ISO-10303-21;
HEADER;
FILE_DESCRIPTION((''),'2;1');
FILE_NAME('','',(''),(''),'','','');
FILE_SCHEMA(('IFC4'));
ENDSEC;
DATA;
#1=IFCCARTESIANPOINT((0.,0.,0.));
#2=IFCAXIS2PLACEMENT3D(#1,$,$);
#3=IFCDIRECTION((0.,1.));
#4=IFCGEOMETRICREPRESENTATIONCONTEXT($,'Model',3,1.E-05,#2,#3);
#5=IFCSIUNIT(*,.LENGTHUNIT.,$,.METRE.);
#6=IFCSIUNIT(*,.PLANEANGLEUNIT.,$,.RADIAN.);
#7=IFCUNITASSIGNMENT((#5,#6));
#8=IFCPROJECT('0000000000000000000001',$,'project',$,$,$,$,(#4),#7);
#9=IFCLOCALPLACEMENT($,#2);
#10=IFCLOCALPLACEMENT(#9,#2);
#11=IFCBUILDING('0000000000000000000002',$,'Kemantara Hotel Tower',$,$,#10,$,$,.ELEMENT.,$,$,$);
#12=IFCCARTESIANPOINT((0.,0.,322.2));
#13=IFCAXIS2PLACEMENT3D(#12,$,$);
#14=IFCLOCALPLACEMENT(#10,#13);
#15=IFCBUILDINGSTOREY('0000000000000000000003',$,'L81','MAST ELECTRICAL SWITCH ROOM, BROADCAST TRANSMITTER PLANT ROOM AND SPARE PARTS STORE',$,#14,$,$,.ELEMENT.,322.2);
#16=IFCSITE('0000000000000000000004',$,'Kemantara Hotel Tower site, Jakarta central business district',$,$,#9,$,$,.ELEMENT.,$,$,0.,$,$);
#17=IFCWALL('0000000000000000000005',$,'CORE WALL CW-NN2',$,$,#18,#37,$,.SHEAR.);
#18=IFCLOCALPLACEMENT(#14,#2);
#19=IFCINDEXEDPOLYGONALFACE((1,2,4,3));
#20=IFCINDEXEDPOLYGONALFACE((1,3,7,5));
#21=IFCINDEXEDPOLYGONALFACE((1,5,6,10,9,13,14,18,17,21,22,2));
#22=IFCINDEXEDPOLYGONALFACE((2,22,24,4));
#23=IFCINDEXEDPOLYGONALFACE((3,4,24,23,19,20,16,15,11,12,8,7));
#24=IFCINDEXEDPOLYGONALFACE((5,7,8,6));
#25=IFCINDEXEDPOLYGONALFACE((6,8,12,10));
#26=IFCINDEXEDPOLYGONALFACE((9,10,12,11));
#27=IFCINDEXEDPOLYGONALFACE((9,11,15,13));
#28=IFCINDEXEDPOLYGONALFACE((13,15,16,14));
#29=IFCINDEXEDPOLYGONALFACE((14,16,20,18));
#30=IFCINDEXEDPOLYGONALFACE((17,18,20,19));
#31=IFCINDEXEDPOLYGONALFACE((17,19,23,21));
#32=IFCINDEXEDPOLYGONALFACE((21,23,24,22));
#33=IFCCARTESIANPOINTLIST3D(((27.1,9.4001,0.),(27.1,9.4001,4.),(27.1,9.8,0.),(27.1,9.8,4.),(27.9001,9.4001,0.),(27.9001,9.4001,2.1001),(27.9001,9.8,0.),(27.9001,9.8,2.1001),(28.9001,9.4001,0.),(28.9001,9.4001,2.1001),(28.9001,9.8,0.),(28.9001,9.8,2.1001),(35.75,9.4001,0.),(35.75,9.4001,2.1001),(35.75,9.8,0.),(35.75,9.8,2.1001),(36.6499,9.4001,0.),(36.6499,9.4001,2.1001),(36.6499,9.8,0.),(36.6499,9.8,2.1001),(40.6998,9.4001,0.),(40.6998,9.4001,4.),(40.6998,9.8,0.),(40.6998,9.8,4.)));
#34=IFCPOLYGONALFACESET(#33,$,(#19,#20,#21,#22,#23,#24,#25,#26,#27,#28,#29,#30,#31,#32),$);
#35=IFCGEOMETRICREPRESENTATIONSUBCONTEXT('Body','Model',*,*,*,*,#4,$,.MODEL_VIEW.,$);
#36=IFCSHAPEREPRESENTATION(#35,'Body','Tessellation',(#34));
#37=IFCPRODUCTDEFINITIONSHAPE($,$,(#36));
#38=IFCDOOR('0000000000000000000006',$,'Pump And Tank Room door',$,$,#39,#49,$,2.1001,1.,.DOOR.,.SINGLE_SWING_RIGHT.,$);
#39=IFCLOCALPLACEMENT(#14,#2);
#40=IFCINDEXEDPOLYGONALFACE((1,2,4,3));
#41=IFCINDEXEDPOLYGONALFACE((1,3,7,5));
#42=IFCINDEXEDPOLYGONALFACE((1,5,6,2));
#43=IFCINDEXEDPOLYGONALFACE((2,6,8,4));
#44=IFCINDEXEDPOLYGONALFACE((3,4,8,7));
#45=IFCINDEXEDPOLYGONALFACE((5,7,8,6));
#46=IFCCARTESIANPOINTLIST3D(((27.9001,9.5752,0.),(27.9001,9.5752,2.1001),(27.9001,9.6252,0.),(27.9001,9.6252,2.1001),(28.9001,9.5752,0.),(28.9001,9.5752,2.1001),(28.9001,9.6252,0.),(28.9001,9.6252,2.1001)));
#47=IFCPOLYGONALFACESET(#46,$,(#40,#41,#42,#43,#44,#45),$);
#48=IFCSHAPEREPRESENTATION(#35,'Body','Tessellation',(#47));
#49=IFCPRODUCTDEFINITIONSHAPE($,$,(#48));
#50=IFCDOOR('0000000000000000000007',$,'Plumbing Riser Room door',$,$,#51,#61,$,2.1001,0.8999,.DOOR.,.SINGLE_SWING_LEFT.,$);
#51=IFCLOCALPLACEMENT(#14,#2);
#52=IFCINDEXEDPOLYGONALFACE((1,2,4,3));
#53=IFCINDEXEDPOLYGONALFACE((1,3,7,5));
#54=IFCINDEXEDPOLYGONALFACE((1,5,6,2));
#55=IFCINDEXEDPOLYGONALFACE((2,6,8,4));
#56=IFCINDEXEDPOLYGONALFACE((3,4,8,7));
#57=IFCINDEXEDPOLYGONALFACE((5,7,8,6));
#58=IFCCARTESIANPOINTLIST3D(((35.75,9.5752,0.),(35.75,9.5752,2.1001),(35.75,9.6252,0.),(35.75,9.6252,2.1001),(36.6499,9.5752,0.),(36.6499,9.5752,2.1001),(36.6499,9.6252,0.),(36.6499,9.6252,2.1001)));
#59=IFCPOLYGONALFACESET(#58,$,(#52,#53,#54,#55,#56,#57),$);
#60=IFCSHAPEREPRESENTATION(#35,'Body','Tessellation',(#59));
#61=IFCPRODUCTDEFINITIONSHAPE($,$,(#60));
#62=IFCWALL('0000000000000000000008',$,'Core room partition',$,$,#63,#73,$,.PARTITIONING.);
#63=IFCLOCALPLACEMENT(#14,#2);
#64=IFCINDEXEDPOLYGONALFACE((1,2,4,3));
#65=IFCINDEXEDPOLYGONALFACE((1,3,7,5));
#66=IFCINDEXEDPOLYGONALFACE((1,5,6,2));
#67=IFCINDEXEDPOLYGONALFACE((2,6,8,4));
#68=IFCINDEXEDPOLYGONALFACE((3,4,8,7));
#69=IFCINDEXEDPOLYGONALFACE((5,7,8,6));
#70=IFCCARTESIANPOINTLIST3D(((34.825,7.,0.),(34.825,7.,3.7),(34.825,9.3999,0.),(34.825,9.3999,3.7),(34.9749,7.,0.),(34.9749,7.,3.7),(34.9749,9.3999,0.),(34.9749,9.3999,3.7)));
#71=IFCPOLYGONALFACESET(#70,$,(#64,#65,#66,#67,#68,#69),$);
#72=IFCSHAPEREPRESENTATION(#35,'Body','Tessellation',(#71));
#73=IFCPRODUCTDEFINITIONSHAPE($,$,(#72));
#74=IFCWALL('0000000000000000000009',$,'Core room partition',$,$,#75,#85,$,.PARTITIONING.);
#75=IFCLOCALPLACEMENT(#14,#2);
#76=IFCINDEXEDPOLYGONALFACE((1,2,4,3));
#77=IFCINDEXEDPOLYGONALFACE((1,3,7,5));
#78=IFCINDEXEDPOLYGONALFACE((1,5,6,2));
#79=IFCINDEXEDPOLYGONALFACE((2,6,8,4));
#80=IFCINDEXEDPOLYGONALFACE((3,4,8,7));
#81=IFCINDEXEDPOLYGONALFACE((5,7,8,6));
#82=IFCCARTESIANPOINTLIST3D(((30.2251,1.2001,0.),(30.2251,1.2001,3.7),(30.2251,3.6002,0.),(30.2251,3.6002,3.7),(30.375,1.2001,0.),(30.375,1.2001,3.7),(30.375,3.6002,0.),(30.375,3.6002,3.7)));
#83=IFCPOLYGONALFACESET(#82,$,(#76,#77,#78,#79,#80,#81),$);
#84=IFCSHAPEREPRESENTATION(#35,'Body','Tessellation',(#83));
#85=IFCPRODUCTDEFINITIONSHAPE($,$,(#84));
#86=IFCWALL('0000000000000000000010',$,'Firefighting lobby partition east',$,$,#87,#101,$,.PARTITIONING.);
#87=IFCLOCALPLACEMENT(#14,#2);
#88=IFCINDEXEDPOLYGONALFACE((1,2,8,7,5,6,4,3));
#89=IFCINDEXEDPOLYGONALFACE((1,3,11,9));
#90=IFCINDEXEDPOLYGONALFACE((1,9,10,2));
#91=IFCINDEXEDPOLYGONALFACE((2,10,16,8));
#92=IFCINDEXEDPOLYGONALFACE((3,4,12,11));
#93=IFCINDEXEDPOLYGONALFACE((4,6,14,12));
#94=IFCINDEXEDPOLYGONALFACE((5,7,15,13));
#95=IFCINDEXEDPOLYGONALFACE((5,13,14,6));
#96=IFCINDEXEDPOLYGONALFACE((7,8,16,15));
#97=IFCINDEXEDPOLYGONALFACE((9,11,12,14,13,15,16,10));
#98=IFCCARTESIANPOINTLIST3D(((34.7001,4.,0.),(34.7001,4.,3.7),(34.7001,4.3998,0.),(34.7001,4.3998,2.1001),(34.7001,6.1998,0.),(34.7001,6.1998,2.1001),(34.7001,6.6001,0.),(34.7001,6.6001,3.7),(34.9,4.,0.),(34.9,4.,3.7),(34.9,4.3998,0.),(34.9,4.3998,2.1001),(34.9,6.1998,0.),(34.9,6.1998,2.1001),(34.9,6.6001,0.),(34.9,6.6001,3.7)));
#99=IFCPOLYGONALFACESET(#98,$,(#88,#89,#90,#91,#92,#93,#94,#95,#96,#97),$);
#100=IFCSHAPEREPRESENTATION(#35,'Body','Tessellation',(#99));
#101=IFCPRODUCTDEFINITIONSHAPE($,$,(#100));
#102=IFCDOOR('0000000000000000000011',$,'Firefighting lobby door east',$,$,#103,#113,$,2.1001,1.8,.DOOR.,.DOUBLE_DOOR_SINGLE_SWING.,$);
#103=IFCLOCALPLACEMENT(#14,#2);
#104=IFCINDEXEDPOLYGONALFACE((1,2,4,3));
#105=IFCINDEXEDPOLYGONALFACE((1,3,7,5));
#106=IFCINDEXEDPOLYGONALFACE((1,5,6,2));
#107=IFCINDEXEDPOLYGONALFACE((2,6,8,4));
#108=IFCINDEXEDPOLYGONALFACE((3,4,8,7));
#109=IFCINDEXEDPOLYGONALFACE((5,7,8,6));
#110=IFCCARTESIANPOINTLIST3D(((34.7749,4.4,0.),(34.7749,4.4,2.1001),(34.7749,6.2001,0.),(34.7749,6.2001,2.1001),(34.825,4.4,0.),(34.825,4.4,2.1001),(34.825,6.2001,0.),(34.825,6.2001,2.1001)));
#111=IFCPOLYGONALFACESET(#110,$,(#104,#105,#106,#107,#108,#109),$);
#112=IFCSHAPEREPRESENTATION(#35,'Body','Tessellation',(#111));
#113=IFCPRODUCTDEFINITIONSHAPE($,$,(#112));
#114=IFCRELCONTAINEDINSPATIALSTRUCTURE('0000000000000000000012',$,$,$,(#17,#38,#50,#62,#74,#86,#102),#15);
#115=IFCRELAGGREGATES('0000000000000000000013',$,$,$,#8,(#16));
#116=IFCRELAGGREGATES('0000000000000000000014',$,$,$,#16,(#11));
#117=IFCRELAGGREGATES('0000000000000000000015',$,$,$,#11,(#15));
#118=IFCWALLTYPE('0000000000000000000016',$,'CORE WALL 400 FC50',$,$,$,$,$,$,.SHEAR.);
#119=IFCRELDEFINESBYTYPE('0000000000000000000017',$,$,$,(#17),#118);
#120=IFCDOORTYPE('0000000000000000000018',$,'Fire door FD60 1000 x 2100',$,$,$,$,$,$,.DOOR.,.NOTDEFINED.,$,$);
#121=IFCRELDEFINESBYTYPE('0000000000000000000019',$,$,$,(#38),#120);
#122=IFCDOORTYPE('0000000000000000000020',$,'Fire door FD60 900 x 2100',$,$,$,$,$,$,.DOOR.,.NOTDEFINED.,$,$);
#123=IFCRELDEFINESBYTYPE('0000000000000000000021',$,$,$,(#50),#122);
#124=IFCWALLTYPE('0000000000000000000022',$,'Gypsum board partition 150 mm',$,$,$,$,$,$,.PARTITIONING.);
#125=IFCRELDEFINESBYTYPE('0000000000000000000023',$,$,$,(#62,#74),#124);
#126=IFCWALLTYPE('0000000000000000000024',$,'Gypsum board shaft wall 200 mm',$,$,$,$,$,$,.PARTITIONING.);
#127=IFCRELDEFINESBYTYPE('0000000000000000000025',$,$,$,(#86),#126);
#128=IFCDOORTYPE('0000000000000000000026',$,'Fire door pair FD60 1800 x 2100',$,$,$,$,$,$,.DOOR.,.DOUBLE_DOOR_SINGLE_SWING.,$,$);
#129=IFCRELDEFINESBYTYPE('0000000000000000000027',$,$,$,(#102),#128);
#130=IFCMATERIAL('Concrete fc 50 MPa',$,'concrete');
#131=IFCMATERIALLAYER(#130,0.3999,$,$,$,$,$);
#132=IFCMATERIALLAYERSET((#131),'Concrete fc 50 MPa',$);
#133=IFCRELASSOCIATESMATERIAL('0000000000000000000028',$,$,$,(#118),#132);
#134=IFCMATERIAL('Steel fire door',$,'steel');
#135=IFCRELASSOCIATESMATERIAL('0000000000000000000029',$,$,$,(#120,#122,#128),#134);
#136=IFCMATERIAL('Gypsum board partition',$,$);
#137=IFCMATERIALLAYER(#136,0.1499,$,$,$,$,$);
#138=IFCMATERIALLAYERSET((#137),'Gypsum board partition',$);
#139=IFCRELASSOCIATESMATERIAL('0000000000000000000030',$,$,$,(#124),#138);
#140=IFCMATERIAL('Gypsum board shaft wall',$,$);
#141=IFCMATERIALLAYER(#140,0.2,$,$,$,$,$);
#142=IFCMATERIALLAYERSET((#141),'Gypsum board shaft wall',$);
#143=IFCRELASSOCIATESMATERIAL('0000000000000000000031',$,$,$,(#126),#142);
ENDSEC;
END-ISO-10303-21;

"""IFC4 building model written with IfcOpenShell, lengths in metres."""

from ifc_helpers import new_model, si_unit, direction, frame, frame_2d, origin, place, context, subcontext, project, spatial, rectangle, extrude, material, layer, layer_set, type_object, element, fill, save


model = new_model("IFC4")

# Units and contexts
model_context = context("Model", 3, precision=1e-05, world=origin(), true_north=direction((0.0, 1.0)))
body_context = subcontext(model_context, "Body", "Model", "MODEL_VIEW")
ifc_project = project(units=[si_unit("LENGTHUNIT", "METRE"), si_unit("PLANEANGLEUNIT", "RADIAN")], contexts=[model_context])

# Site, building, storey
site_placement = place(None, origin())
site = spatial("IfcSite", under=ifc_project, at=site_placement, Name="Kemantara Hotel Tower site, Jakarta central business district", CompositionType="ELEMENT", RefElevation=0.0)
building_placement = place(site_placement, origin())
building = spatial("IfcBuilding", under=site, at=building_placement, Name="Kemantara Hotel Tower", CompositionType="ELEMENT")
storey_placement = place(building_placement, frame((0.0, 0.0, 322.2)))
storey = spatial("IfcBuildingStorey", under=building, at=storey_placement, Name="L81", Description="MAST ELECTRICAL SWITCH ROOM, BROADCAST TRANSMITTER PLANT ROOM AND SPARE PARTS STORE", CompositionType="ELEMENT", Elevation=322.2)

# Shared definitions
ifc_material_1 = material(Name="Concrete fc 50 MPa", Category="concrete")

# Wall, openings, doors
ifc_layer_1 = layer(ifc_material_1, 0.3999)
ifc_layer_set_1 = layer_set([ifc_layer_1], Name="Concrete fc 50 MPa")
wall_type_1 = type_object("IfcWallType", Name="CORE WALL 400 FC50", PredefinedType="SHEAR", material=ifc_layer_set_1)
wall_1_placement = place(storey_placement, frame((27.1001, 9.6001, 0.0), z_axis=(0.0, 0.0, 1.0), x_axis=(1.0, 0.0, 0.0)))
wall_1 = element("IfcWall", 1, at=wall_1_placement, inside=storey, type_object=wall_type_1, Name="CORE WALL CW-NN2", PredefinedType="SHEAR", context=body_context, shape_type="SweptSolid", body=[
    extrude(rectangle(XDim=13.5999, YDim=0.3999, at=frame_2d((6.7998, 0.0))), origin(), (0.0, 0.0, 1.0), 4.0),
])
opening_1_placement = place(wall_1_placement, frame((0.8, 0.0, 0.0)))
opening_1 = element("IfcOpeningElement", 2, at=opening_1_placement, cuts=wall_1, PredefinedType="OPENING", context=body_context, shape_type="SweptSolid", body=[
    extrude(rectangle(XDim=1.0, YDim=2.1001, at=frame_2d((0.5, 1.05))), frame((0.0, 0.21, 0.0), z_axis=(0.0, -1.0, 0.0), x_axis=(1.0, 0.0, 0.0)), (0.0, 0.0, 1.0), 0.4199),
])
opening_2_placement = place(wall_1_placement, frame((8.6499, 0.0, 0.0)))
opening_2 = element("IfcOpeningElement", 3, at=opening_2_placement, cuts=wall_1, PredefinedType="OPENING", context=body_context, shape_type="SweptSolid", body=[
    extrude(rectangle(XDim=0.8999, YDim=2.1001, at=frame_2d((0.45, 1.05))), frame((0.0, 0.21, 0.0), z_axis=(0.0, -1.0, 0.0), x_axis=(1.0, 0.0, 0.0)), (0.0, 0.0, 1.0), 0.4199),
])
ifc_material_2 = material(Name="Steel fire door", Category="steel")
door_type_1 = type_object("IfcDoorType", Name="Fire door FD60 1000 x 2100", OperationType="NOTDEFINED", PredefinedType="DOOR", material=ifc_material_2)
door_1_placement = place(opening_1_placement, frame((1.0, 0.0, 0.0), z_axis=(0.0, 0.0, 1.0), x_axis=(-1.0, 0.0, 0.0)))
door_1 = element("IfcDoor", 4, at=door_1_placement, inside=storey, type_object=door_type_1, Name="Pump And Tank Room door", OperationType="SINGLE_SWING_RIGHT", OverallHeight=2.1001, OverallWidth=1.0, PredefinedType="DOOR", context=body_context, shape_type="SweptSolid", body=[
    extrude(rectangle(XDim=1.0, YDim=2.1001, at=frame_2d((0.5, 1.05))), frame((0.0, 0.0249, 0.0), z_axis=(0.0, -1.0, 0.0), x_axis=(1.0, 0.0, 0.0)), (0.0, 0.0, 1.0), 0.05),
])
fill(opening_1, door_1)
door_type_2 = type_object("IfcDoorType", Name="Fire door FD60 900 x 2100", OperationType="NOTDEFINED", PredefinedType="DOOR", material=ifc_material_2)
door_2_placement = place(opening_2_placement, frame((0.8999, 0.0, 0.0), z_axis=(0.0, 0.0, 1.0), x_axis=(-1.0, 0.0, 0.0)))
door_2 = element("IfcDoor", 5, at=door_2_placement, inside=storey, type_object=door_type_2, Name="Plumbing Riser Room door", OperationType="SINGLE_SWING_LEFT", OverallHeight=2.1001, OverallWidth=0.8999, PredefinedType="DOOR", context=body_context, shape_type="SweptSolid", body=[
    extrude(rectangle(XDim=0.8999, YDim=2.1001, at=frame_2d((0.45, 1.05))), frame((0.0, 0.0249, 0.0), z_axis=(0.0, -1.0, 0.0), x_axis=(1.0, 0.0, 0.0)), (0.0, 0.0, 1.0), 0.05),
])
fill(opening_2, door_2)

# Walls
ifc_material_3 = material(Name="Gypsum board partition")
ifc_layer_2 = layer(ifc_material_3, 0.1499)
ifc_layer_set_2 = layer_set([ifc_layer_2], Name="Gypsum board partition")
wall_type_2 = type_object("IfcWallType", Name="Gypsum board partition 150 mm", PredefinedType="PARTITIONING", material=ifc_layer_set_2)
wall_2_placement = place(storey_placement, frame((34.8999, 7.0, 0.0), z_axis=(0.0, 0.0, 1.0), x_axis=(0.0, 1.0, 0.0)))
element("IfcWall", 6, at=wall_2_placement, inside=storey, type_object=wall_type_2, Name="Core room partition", PredefinedType="PARTITIONING", context=body_context, shape_type="SweptSolid", body=[
    extrude(rectangle(XDim=2.3999, YDim=0.1499, at=frame_2d((1.2, 0.0))), origin(), (0.0, 0.0, 1.0), 3.7),
])
wall_3_placement = place(storey_placement, frame((30.3, 1.2, 0.0), z_axis=(0.0, 0.0, 1.0), x_axis=(0.0, 1.0, 0.0)))
element("IfcWall", 7, at=wall_3_placement, inside=storey, type_object=wall_type_2, Name="Core room partition", PredefinedType="PARTITIONING", context=body_context, shape_type="SweptSolid", body=[
    extrude(rectangle(XDim=2.4001, YDim=0.1499, at=frame_2d((1.2002, 0.0))), origin(), (0.0, 0.0, 1.0), 3.7),
])

# Wall, opening, door
ifc_material_4 = material(Name="Gypsum board shaft wall")
ifc_layer_3 = layer(ifc_material_4, 0.2)
ifc_layer_set_3 = layer_set([ifc_layer_3], Name="Gypsum board shaft wall")
wall_type_3 = type_object("IfcWallType", Name="Gypsum board shaft wall 200 mm", PredefinedType="PARTITIONING", material=ifc_layer_set_3)
wall_4_placement = place(storey_placement, frame((34.8, 4.0, 0.0), z_axis=(0.0, 0.0, 1.0), x_axis=(0.0, 1.0, 0.0)))
wall_4 = element("IfcWall", 8, at=wall_4_placement, inside=storey, type_object=wall_type_3, Name="Firefighting lobby partition east", PredefinedType="PARTITIONING", context=body_context, shape_type="SweptSolid", body=[
    extrude(rectangle(XDim=2.6001, YDim=0.2, at=frame_2d((1.3, 0.0))), origin(), (0.0, 0.0, 1.0), 3.7),
])
opening_3_placement = place(wall_4_placement, frame((0.3999, 0.0, 0.0)))
opening_3 = element("IfcOpeningElement", 9, at=opening_3_placement, cuts=wall_4, PredefinedType="OPENING", context=body_context, shape_type="SweptSolid", body=[
    extrude(rectangle(XDim=1.8, YDim=2.1001, at=frame_2d((0.8999, 1.05))), frame((0.0, 0.1099, 0.0), z_axis=(0.0, -1.0, 0.0), x_axis=(1.0, 0.0, 0.0)), (0.0, 0.0, 1.0), 0.22),
])
door_type_3 = type_object("IfcDoorType", Name="Fire door pair FD60 1800 x 2100", OperationType="DOUBLE_DOOR_SINGLE_SWING", PredefinedType="DOOR", material=ifc_material_2)
door_3_placement = place(opening_3_placement, frame((1.8, 0.0, 0.0), z_axis=(0.0, 0.0, 1.0), x_axis=(-1.0, 0.0, 0.0)))
door_3 = element("IfcDoor", 10, at=door_3_placement, inside=storey, type_object=door_type_3, Name="Firefighting lobby door east", OperationType="DOUBLE_DOOR_SINGLE_SWING", OverallHeight=2.1001, OverallWidth=1.8, PredefinedType="DOOR", context=body_context, shape_type="SweptSolid", body=[
    extrude(rectangle(XDim=1.8, YDim=2.1001, at=frame_2d((0.8999, 1.05))), frame((0.0, 0.0249, 0.0), z_axis=(0.0, -1.0, 0.0), x_axis=(1.0, 0.0, 0.0)), (0.0, 0.0, 1.0), 0.05),
])
fill(opening_3, door_3)

save(model, "model.ifc")
